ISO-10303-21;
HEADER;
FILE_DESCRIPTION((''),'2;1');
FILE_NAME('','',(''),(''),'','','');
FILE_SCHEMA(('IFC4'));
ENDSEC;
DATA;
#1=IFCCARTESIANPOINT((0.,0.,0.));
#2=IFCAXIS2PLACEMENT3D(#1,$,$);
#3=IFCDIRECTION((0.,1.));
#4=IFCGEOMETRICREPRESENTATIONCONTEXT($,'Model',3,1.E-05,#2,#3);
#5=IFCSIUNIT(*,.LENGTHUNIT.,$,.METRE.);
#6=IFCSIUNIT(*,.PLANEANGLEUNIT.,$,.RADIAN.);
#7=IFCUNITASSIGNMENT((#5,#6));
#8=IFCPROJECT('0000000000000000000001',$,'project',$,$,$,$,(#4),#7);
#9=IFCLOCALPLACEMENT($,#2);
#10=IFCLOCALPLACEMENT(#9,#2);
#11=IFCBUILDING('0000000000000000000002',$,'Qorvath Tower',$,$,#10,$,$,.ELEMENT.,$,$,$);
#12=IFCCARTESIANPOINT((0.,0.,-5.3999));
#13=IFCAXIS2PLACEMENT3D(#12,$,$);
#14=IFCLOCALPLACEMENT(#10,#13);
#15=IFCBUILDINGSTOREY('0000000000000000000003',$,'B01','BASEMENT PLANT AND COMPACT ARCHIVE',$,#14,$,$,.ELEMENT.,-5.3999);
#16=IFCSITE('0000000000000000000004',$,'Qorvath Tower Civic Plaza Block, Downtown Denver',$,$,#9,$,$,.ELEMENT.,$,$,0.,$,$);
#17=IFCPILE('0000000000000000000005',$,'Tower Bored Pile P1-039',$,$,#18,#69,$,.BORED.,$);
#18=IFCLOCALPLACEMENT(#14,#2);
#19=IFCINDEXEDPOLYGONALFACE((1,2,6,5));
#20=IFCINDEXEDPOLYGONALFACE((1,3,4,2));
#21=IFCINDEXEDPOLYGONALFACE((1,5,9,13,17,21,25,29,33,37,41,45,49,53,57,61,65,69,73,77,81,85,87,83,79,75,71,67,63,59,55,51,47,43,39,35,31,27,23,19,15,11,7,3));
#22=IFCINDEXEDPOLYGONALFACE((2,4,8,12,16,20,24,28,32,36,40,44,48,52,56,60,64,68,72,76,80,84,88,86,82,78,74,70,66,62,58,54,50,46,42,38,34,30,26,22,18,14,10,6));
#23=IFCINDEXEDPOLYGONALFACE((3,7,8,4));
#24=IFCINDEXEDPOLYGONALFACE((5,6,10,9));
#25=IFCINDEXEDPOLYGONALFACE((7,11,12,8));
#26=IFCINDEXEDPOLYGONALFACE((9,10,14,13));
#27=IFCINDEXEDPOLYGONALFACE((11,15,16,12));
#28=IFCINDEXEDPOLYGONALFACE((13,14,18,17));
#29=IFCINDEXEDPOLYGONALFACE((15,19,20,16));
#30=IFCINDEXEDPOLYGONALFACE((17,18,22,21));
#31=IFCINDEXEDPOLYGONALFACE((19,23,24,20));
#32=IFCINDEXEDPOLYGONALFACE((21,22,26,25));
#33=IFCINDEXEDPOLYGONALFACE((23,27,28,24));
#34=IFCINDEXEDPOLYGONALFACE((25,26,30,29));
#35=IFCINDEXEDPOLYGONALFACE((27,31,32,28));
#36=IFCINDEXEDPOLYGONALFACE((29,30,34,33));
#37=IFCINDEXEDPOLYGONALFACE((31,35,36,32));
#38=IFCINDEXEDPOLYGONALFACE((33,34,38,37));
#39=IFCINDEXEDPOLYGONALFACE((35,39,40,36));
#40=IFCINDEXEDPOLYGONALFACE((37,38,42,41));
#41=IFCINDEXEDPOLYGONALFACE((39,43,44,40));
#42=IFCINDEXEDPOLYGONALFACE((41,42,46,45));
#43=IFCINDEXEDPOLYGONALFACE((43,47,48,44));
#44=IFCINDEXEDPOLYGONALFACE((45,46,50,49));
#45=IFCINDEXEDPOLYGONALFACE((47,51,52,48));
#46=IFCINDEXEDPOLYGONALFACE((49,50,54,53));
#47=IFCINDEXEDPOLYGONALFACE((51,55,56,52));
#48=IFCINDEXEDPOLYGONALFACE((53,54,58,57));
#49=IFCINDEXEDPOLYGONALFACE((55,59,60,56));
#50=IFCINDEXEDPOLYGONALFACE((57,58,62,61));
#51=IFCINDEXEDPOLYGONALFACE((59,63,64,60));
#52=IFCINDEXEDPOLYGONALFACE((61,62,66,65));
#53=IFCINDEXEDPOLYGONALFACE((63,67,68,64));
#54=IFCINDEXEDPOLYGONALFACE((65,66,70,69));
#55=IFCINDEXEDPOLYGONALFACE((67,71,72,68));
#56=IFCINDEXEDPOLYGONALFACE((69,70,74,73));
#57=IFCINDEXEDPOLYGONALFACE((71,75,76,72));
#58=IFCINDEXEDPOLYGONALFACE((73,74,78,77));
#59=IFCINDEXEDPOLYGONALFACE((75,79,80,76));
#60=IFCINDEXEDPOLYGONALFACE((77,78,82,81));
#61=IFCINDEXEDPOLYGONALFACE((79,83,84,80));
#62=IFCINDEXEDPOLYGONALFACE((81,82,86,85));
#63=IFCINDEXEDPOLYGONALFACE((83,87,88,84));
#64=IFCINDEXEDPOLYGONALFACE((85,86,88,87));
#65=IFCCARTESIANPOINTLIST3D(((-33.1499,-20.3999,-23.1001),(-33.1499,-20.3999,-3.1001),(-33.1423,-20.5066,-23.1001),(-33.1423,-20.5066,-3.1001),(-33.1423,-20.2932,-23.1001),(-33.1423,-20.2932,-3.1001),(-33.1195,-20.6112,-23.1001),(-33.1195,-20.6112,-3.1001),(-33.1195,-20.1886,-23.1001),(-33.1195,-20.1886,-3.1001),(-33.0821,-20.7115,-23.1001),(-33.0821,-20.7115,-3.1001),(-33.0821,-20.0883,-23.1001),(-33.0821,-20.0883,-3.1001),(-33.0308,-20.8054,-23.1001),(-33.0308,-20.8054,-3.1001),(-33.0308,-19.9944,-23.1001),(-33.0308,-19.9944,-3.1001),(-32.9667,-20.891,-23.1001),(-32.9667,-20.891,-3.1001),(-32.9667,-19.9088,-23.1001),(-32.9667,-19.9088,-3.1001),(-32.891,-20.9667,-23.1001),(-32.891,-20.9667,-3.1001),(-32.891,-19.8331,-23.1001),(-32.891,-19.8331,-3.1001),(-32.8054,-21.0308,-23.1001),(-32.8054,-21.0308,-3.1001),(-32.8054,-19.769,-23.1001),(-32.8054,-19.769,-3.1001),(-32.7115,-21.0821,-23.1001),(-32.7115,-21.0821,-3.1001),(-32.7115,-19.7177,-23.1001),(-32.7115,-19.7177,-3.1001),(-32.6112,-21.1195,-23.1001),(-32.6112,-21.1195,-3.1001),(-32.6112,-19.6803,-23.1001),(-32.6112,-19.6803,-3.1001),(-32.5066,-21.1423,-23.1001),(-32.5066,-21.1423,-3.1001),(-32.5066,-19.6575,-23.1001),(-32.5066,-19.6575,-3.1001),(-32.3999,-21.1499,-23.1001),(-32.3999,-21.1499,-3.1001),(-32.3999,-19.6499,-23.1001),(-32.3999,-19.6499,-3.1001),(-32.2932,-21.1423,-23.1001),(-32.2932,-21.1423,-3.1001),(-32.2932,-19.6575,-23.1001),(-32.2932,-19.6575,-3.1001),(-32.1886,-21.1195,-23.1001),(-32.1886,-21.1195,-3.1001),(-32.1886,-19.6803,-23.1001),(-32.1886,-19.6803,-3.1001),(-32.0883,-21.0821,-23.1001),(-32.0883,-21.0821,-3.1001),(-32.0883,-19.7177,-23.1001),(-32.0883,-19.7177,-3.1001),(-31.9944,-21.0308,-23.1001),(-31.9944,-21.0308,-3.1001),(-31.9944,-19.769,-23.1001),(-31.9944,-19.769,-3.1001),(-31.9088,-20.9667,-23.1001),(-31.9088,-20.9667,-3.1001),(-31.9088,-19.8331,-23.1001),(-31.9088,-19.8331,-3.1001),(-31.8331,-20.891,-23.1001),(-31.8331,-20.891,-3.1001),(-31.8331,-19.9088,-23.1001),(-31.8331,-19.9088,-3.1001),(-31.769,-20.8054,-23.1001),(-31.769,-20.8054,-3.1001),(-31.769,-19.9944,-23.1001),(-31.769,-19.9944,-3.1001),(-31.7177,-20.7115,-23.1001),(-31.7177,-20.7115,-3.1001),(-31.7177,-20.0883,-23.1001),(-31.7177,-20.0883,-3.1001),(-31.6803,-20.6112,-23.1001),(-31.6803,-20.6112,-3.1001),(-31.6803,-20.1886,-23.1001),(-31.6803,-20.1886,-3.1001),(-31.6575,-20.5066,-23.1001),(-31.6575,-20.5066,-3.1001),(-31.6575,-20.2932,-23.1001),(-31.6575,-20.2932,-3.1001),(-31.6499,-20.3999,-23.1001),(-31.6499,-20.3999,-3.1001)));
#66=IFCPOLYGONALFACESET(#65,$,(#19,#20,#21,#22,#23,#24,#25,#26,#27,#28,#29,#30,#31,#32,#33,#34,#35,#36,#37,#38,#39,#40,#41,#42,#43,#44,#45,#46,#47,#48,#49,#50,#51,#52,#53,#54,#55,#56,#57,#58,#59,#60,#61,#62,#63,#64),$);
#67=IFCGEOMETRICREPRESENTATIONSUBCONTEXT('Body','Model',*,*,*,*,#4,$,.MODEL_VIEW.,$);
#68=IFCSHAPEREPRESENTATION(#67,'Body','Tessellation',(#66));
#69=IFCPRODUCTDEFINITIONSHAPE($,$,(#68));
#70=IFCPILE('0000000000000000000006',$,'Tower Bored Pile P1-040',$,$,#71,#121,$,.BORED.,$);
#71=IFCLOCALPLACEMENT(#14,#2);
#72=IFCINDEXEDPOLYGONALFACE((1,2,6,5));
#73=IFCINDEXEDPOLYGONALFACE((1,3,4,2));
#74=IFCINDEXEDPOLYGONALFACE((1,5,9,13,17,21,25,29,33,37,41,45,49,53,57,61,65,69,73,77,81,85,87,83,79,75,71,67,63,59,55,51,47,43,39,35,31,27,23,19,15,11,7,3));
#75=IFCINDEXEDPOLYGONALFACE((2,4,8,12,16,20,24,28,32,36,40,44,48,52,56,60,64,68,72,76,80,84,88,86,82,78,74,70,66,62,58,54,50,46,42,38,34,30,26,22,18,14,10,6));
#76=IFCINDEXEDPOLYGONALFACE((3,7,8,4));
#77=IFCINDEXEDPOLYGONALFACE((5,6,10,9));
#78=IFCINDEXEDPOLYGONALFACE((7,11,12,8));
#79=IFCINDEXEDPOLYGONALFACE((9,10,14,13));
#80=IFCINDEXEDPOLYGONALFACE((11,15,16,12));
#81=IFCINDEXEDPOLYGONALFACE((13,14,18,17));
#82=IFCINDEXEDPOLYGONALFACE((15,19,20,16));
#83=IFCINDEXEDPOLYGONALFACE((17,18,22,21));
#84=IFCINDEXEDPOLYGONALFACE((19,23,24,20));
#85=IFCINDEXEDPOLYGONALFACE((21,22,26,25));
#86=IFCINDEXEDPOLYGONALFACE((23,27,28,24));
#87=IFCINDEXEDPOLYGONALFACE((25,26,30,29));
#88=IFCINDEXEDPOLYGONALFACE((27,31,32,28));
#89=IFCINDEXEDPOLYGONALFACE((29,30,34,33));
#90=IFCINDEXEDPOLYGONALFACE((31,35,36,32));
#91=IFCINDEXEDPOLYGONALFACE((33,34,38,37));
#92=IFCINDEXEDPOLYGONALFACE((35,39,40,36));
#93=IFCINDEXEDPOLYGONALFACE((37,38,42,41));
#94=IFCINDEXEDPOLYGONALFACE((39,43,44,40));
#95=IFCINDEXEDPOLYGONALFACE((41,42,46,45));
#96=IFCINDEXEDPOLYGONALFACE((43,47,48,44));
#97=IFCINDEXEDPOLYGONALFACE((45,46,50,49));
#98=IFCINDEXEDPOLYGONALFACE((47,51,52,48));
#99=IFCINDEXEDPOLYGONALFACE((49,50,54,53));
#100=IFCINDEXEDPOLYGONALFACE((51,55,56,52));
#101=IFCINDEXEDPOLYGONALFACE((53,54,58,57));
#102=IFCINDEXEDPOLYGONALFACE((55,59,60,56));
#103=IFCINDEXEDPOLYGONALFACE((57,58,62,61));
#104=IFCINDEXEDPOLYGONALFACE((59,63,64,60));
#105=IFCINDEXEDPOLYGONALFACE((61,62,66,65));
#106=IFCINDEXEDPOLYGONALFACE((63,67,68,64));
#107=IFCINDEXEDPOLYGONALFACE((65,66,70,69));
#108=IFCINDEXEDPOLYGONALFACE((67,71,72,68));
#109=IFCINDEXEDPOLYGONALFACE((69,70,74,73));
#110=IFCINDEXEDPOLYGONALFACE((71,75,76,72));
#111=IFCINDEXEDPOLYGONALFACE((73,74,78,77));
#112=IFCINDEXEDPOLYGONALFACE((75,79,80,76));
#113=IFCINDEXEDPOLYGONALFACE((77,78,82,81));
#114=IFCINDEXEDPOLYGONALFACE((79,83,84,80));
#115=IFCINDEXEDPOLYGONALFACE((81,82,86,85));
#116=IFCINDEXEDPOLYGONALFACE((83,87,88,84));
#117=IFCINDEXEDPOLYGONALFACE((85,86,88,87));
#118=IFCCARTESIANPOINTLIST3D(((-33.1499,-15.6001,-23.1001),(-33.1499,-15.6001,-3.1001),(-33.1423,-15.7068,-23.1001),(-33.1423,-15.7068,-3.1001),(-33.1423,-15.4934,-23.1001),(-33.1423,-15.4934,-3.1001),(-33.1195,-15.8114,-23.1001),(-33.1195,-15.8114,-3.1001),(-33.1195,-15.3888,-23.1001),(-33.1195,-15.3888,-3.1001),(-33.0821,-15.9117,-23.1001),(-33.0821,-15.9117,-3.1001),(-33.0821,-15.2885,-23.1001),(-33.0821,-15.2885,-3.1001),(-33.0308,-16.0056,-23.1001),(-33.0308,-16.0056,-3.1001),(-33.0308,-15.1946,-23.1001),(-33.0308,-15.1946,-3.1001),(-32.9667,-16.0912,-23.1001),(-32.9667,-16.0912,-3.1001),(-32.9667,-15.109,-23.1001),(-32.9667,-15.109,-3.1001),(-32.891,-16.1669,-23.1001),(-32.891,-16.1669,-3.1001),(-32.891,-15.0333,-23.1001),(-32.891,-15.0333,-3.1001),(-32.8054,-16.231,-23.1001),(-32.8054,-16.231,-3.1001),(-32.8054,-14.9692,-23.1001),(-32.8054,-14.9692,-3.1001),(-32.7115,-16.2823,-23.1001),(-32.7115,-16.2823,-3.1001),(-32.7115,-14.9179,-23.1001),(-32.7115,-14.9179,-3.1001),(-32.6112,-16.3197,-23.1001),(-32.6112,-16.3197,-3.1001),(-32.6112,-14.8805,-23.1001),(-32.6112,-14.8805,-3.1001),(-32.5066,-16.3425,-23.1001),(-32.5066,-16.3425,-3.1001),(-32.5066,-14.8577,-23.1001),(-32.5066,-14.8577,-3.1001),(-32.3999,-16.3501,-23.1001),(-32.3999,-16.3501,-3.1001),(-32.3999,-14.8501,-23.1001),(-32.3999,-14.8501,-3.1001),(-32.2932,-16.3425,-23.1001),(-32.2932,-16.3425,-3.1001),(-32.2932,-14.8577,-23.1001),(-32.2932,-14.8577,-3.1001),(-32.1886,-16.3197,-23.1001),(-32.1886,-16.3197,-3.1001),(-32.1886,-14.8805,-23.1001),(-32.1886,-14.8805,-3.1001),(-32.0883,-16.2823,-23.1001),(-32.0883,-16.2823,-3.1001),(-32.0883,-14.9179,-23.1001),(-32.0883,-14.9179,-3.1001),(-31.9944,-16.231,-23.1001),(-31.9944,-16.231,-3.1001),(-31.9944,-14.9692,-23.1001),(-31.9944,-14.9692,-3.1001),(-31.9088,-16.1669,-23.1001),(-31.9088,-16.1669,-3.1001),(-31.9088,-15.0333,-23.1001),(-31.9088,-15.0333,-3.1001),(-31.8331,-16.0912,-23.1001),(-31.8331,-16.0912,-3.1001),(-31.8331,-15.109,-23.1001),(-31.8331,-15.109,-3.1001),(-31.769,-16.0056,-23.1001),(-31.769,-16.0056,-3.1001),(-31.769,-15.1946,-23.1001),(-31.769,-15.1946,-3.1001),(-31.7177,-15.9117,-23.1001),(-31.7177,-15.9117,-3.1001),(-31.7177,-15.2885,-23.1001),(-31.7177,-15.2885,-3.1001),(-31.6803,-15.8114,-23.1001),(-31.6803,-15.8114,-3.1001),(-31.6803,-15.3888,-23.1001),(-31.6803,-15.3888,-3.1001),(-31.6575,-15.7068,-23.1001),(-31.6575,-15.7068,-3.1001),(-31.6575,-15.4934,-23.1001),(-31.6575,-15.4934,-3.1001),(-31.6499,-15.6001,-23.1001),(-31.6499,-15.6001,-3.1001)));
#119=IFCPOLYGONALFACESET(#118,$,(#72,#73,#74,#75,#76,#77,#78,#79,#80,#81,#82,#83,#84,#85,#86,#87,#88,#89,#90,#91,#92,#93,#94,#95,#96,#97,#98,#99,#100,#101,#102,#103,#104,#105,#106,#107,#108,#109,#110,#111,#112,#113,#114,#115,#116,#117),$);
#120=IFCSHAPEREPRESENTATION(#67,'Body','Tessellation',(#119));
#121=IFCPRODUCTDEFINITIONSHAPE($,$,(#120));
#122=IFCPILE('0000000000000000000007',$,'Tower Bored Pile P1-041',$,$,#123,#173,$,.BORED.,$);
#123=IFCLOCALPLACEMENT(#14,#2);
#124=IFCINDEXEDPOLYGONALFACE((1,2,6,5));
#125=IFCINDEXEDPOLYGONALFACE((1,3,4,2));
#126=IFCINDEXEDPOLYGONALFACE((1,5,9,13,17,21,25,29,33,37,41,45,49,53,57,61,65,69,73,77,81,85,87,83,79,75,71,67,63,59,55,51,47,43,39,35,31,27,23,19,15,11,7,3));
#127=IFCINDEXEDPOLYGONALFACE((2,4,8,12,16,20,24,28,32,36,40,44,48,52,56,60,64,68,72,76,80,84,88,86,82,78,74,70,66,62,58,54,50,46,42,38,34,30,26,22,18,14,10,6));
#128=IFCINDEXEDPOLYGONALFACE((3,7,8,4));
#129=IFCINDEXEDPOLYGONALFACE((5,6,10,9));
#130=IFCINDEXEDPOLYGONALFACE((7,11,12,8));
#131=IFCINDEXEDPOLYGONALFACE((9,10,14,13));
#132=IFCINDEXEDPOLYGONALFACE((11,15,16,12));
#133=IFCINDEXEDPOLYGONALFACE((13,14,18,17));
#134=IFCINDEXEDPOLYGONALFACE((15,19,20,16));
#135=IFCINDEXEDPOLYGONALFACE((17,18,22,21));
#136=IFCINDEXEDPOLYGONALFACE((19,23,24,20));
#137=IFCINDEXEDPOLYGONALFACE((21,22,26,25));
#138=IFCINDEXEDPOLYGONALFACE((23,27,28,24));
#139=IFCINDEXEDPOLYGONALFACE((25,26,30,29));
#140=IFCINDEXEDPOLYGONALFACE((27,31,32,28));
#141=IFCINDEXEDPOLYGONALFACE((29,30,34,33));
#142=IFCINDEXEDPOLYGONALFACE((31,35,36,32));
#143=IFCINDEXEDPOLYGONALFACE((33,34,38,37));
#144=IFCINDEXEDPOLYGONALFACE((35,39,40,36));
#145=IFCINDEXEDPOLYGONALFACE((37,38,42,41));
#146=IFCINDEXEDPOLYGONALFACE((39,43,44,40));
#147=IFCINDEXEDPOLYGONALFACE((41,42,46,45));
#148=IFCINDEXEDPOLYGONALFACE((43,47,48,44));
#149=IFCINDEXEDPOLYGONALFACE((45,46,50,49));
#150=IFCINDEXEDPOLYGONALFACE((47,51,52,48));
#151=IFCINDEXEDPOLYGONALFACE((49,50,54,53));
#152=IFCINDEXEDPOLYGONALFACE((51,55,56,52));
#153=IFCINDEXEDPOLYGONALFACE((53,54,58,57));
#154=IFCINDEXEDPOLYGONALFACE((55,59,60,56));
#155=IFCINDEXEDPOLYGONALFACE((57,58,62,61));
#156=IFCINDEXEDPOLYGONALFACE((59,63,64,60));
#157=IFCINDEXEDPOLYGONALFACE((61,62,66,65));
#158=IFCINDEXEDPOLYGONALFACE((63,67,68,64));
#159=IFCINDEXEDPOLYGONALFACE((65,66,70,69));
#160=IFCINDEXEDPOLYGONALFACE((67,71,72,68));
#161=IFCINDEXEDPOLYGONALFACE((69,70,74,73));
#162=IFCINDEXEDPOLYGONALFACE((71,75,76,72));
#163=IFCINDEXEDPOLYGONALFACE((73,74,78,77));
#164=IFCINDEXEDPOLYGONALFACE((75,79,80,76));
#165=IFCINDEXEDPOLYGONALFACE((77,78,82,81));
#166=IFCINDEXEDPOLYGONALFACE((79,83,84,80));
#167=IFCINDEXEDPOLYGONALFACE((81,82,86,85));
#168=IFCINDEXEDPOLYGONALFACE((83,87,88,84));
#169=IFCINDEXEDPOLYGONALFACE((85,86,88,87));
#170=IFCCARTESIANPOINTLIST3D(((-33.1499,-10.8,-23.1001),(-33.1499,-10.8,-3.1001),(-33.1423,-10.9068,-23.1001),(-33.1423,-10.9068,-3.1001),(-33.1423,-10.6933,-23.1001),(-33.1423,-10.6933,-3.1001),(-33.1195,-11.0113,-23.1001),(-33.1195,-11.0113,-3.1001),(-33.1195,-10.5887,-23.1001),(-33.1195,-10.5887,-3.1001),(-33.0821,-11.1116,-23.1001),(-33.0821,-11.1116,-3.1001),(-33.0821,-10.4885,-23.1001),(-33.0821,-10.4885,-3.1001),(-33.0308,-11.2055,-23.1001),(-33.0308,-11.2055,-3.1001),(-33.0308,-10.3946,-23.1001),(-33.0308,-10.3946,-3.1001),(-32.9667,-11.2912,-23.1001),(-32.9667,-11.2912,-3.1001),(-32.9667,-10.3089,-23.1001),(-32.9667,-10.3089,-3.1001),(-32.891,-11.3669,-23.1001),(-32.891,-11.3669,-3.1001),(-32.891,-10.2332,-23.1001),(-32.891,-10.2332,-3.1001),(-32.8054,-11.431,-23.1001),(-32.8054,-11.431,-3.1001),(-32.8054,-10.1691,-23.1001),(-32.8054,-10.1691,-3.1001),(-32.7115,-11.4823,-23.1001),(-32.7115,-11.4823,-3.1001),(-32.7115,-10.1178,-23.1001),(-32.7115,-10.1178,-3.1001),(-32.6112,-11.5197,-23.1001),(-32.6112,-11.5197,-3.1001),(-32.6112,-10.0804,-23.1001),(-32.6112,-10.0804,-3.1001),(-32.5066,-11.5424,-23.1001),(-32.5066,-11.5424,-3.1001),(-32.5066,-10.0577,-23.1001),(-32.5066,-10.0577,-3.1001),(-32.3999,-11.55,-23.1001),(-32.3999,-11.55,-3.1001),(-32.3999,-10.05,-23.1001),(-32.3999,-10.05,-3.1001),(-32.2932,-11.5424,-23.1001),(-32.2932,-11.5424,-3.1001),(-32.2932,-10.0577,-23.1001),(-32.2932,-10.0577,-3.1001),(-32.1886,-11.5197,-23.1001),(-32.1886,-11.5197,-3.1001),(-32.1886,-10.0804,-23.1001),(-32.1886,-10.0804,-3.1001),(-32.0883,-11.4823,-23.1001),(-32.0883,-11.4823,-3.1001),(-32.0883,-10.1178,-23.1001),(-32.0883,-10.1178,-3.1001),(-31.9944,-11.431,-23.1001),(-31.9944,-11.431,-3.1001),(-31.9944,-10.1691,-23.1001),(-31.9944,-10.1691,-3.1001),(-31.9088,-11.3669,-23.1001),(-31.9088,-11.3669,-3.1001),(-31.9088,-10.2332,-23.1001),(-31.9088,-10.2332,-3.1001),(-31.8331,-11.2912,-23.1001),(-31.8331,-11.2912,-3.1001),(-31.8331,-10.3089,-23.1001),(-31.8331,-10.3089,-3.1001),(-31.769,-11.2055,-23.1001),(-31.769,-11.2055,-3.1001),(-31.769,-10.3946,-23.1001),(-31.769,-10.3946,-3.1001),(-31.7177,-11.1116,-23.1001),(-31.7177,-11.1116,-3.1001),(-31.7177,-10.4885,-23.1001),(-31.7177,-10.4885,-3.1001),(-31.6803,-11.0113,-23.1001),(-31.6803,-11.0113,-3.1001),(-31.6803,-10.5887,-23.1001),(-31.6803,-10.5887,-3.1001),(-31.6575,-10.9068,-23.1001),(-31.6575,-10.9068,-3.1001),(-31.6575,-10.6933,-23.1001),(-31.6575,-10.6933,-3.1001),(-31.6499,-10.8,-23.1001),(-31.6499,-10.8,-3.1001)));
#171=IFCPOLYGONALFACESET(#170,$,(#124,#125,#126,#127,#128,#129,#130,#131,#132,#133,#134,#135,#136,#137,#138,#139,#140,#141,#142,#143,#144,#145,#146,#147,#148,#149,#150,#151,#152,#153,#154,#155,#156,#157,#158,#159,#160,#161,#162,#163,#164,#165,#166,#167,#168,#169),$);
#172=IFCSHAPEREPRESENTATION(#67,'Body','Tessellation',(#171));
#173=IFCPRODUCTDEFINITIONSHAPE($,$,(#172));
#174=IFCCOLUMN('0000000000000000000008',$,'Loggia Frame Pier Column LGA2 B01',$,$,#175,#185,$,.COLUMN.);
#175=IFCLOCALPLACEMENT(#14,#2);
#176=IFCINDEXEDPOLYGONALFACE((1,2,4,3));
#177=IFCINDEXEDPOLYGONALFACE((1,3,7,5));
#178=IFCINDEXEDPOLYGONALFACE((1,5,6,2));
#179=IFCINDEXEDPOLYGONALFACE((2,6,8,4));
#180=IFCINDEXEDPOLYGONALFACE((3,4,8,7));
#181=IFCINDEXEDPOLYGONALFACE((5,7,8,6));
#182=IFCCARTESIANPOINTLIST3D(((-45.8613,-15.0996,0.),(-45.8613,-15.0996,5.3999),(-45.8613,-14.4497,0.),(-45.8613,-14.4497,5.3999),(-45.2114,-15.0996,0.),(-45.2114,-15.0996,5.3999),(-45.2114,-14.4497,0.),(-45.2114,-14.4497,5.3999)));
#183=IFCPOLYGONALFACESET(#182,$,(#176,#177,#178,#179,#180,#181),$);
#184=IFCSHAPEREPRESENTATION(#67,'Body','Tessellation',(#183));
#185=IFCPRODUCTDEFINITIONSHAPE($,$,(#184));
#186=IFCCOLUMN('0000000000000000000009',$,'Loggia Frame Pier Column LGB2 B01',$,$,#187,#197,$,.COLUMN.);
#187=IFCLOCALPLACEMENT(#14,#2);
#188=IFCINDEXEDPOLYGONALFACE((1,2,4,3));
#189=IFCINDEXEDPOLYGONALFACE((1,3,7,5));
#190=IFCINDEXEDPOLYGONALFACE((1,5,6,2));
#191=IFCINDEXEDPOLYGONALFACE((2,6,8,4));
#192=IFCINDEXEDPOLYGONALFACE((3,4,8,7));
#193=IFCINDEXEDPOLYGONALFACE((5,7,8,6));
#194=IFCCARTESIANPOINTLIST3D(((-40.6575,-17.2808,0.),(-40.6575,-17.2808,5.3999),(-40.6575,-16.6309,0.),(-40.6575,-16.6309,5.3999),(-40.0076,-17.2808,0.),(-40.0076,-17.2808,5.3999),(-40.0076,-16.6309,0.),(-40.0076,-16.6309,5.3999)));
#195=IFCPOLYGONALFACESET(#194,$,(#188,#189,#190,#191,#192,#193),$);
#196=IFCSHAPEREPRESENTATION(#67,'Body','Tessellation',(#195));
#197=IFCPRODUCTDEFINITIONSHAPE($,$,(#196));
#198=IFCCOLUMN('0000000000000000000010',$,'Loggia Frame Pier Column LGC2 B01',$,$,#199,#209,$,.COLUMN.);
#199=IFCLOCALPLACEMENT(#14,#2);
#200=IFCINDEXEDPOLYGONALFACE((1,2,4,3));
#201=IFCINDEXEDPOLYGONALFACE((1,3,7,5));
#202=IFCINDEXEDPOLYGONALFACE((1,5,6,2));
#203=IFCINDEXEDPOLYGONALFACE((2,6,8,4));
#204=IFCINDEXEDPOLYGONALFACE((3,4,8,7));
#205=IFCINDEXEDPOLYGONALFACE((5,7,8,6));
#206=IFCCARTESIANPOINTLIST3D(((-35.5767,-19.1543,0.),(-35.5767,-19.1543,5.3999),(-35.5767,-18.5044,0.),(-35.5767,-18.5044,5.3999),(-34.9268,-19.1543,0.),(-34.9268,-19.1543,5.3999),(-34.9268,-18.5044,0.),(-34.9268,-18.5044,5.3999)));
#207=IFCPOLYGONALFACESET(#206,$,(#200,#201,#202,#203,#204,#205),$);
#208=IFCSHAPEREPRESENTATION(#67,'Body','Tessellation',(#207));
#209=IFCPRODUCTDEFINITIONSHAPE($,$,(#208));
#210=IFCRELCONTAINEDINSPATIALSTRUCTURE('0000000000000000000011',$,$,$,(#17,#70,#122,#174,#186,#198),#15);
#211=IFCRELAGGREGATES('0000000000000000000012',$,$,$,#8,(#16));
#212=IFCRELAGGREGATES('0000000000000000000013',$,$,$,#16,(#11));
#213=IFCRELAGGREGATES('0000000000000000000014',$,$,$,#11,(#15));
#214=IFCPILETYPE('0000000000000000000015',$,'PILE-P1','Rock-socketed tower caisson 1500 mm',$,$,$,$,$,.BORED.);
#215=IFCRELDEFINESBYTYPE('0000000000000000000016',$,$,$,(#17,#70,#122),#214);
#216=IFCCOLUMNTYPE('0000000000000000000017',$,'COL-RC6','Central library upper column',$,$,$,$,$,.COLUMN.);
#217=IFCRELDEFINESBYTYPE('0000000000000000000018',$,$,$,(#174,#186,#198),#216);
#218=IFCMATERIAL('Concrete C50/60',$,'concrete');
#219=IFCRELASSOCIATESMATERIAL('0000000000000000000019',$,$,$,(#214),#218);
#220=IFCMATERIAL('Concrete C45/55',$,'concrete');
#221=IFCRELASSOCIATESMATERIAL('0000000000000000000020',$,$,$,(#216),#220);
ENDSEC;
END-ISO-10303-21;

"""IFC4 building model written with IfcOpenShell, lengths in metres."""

from ifc_helpers import new_model, si_unit, direction, frame, origin, origin_2d, place, context, subcontext, project, spatial, rectangle, circle, extrude, material, material_profile, profile_set, type_object, element, save


model = new_model("IFC4")

# Units and contexts
model_context = context("Model", 3, precision=1e-05, world=origin(), true_north=direction((0.0, 1.0)))
body_context = subcontext(model_context, "Body", "Model", "MODEL_VIEW")
ifc_project = project(units=[si_unit("LENGTHUNIT", "METRE"), si_unit("PLANEANGLEUNIT", "RADIAN")], contexts=[model_context])

# Site, building, storey
site_placement = place(None, origin())
site = spatial("IfcSite", under=ifc_project, at=site_placement, Name="Qorvath Tower Civic Plaza Block, Downtown Denver", CompositionType="ELEMENT", RefElevation=0.0)
building_placement = place(site_placement, origin())
building = spatial("IfcBuilding", under=site, at=building_placement, Name="Qorvath Tower", CompositionType="ELEMENT")
storey_placement = place(building_placement, frame((0.0, 0.0, -5.3999)))
storey = spatial("IfcBuildingStorey", under=building, at=storey_placement, Name="B01", Description="BASEMENT PLANT AND COMPACT ARCHIVE", CompositionType="ELEMENT", Elevation=-5.3999)

# Piles
ifc_material_1 = material(Name="Concrete C50/60", Category="concrete")
ifc_material_profile_1 = material_profile(ifc_material_1, circle(Radius=0.75, at=origin_2d()), Name="BORED PILE 1500")
ifc_profile_set_1 = profile_set([ifc_material_profile_1], Name="Concrete C50/60")
pile_type = type_object("IfcPileType", Name="PILE-P1", Description="Rock-socketed tower caisson 1500 mm", PredefinedType="BORED", material=ifc_profile_set_1)
for number, where, z_axis, x_axis, name in (
    (1, (-32.3999, -20.3999, -3.1001), (0.0, 0.0, -1.0), (1.0, 0.0, 0.0), "Tower Bored Pile P1-039"),
    (2, (-32.3999, -15.6001, -3.1001), (0.0, 0.0, -1.0), (1.0, 0.0, 0.0), "Tower Bored Pile P1-040"),
    (3, (-32.3999, -10.8, -3.1001), (0.0, 0.0, -1.0), (1.0, 0.0, 0.0), "Tower Bored Pile P1-041"),
):
    element("IfcPile", number, at=place(storey_placement, frame(where, z_axis=z_axis, x_axis=x_axis)), inside=storey, type_object=pile_type, Name=name, PredefinedType="BORED", context=body_context, shape_type="SweptSolid", body=[
        extrude(circle(Radius=0.75, at=origin_2d()), origin(), (0.0, 0.0, 1.0), 20.0),
    ])

# Columns
ifc_material_2 = material(Name="Concrete C45/55", Category="concrete")
ifc_material_profile_2 = material_profile(ifc_material_2, rectangle(XDim=0.6499, YDim=0.6499, at=origin_2d()), Name="RC 650x650")
ifc_profile_set_2 = profile_set([ifc_material_profile_2], Name="Concrete C45/55")
column_type_1 = type_object("IfcColumnType", Name="COL-RC6", Description="Central library upper column", PredefinedType="COLUMN", material=ifc_profile_set_2)
for number, where, z_axis, x_axis, name in (
    (4, (-45.5364, -14.7747, 0.0), (0.0, 0.0, 1.0), (1.0, 0.0, 0.0), "Loggia Frame Pier Column LGA2 B01"),
    (5, (-40.3325, -16.9558, 0.0), (0.0, 0.0, 1.0), (1.0, 0.0, 0.0), "Loggia Frame Pier Column LGB2 B01"),
    (6, (-35.2517, -18.8293, 0.0), (0.0, 0.0, 1.0), (1.0, 0.0, 0.0), "Loggia Frame Pier Column LGC2 B01"),
):
    element("IfcColumn", number, at=place(storey_placement, frame(where, z_axis=z_axis, x_axis=x_axis)), inside=storey, type_object=column_type_1, Name=name, PredefinedType="COLUMN", context=body_context, shape_type="SweptSolid", body=[
        extrude(rectangle(XDim=0.6499, YDim=0.6499, at=origin_2d()), origin(), (0.0, 0.0, 1.0), 5.3999),
    ])

save(model, "model.ifc")
